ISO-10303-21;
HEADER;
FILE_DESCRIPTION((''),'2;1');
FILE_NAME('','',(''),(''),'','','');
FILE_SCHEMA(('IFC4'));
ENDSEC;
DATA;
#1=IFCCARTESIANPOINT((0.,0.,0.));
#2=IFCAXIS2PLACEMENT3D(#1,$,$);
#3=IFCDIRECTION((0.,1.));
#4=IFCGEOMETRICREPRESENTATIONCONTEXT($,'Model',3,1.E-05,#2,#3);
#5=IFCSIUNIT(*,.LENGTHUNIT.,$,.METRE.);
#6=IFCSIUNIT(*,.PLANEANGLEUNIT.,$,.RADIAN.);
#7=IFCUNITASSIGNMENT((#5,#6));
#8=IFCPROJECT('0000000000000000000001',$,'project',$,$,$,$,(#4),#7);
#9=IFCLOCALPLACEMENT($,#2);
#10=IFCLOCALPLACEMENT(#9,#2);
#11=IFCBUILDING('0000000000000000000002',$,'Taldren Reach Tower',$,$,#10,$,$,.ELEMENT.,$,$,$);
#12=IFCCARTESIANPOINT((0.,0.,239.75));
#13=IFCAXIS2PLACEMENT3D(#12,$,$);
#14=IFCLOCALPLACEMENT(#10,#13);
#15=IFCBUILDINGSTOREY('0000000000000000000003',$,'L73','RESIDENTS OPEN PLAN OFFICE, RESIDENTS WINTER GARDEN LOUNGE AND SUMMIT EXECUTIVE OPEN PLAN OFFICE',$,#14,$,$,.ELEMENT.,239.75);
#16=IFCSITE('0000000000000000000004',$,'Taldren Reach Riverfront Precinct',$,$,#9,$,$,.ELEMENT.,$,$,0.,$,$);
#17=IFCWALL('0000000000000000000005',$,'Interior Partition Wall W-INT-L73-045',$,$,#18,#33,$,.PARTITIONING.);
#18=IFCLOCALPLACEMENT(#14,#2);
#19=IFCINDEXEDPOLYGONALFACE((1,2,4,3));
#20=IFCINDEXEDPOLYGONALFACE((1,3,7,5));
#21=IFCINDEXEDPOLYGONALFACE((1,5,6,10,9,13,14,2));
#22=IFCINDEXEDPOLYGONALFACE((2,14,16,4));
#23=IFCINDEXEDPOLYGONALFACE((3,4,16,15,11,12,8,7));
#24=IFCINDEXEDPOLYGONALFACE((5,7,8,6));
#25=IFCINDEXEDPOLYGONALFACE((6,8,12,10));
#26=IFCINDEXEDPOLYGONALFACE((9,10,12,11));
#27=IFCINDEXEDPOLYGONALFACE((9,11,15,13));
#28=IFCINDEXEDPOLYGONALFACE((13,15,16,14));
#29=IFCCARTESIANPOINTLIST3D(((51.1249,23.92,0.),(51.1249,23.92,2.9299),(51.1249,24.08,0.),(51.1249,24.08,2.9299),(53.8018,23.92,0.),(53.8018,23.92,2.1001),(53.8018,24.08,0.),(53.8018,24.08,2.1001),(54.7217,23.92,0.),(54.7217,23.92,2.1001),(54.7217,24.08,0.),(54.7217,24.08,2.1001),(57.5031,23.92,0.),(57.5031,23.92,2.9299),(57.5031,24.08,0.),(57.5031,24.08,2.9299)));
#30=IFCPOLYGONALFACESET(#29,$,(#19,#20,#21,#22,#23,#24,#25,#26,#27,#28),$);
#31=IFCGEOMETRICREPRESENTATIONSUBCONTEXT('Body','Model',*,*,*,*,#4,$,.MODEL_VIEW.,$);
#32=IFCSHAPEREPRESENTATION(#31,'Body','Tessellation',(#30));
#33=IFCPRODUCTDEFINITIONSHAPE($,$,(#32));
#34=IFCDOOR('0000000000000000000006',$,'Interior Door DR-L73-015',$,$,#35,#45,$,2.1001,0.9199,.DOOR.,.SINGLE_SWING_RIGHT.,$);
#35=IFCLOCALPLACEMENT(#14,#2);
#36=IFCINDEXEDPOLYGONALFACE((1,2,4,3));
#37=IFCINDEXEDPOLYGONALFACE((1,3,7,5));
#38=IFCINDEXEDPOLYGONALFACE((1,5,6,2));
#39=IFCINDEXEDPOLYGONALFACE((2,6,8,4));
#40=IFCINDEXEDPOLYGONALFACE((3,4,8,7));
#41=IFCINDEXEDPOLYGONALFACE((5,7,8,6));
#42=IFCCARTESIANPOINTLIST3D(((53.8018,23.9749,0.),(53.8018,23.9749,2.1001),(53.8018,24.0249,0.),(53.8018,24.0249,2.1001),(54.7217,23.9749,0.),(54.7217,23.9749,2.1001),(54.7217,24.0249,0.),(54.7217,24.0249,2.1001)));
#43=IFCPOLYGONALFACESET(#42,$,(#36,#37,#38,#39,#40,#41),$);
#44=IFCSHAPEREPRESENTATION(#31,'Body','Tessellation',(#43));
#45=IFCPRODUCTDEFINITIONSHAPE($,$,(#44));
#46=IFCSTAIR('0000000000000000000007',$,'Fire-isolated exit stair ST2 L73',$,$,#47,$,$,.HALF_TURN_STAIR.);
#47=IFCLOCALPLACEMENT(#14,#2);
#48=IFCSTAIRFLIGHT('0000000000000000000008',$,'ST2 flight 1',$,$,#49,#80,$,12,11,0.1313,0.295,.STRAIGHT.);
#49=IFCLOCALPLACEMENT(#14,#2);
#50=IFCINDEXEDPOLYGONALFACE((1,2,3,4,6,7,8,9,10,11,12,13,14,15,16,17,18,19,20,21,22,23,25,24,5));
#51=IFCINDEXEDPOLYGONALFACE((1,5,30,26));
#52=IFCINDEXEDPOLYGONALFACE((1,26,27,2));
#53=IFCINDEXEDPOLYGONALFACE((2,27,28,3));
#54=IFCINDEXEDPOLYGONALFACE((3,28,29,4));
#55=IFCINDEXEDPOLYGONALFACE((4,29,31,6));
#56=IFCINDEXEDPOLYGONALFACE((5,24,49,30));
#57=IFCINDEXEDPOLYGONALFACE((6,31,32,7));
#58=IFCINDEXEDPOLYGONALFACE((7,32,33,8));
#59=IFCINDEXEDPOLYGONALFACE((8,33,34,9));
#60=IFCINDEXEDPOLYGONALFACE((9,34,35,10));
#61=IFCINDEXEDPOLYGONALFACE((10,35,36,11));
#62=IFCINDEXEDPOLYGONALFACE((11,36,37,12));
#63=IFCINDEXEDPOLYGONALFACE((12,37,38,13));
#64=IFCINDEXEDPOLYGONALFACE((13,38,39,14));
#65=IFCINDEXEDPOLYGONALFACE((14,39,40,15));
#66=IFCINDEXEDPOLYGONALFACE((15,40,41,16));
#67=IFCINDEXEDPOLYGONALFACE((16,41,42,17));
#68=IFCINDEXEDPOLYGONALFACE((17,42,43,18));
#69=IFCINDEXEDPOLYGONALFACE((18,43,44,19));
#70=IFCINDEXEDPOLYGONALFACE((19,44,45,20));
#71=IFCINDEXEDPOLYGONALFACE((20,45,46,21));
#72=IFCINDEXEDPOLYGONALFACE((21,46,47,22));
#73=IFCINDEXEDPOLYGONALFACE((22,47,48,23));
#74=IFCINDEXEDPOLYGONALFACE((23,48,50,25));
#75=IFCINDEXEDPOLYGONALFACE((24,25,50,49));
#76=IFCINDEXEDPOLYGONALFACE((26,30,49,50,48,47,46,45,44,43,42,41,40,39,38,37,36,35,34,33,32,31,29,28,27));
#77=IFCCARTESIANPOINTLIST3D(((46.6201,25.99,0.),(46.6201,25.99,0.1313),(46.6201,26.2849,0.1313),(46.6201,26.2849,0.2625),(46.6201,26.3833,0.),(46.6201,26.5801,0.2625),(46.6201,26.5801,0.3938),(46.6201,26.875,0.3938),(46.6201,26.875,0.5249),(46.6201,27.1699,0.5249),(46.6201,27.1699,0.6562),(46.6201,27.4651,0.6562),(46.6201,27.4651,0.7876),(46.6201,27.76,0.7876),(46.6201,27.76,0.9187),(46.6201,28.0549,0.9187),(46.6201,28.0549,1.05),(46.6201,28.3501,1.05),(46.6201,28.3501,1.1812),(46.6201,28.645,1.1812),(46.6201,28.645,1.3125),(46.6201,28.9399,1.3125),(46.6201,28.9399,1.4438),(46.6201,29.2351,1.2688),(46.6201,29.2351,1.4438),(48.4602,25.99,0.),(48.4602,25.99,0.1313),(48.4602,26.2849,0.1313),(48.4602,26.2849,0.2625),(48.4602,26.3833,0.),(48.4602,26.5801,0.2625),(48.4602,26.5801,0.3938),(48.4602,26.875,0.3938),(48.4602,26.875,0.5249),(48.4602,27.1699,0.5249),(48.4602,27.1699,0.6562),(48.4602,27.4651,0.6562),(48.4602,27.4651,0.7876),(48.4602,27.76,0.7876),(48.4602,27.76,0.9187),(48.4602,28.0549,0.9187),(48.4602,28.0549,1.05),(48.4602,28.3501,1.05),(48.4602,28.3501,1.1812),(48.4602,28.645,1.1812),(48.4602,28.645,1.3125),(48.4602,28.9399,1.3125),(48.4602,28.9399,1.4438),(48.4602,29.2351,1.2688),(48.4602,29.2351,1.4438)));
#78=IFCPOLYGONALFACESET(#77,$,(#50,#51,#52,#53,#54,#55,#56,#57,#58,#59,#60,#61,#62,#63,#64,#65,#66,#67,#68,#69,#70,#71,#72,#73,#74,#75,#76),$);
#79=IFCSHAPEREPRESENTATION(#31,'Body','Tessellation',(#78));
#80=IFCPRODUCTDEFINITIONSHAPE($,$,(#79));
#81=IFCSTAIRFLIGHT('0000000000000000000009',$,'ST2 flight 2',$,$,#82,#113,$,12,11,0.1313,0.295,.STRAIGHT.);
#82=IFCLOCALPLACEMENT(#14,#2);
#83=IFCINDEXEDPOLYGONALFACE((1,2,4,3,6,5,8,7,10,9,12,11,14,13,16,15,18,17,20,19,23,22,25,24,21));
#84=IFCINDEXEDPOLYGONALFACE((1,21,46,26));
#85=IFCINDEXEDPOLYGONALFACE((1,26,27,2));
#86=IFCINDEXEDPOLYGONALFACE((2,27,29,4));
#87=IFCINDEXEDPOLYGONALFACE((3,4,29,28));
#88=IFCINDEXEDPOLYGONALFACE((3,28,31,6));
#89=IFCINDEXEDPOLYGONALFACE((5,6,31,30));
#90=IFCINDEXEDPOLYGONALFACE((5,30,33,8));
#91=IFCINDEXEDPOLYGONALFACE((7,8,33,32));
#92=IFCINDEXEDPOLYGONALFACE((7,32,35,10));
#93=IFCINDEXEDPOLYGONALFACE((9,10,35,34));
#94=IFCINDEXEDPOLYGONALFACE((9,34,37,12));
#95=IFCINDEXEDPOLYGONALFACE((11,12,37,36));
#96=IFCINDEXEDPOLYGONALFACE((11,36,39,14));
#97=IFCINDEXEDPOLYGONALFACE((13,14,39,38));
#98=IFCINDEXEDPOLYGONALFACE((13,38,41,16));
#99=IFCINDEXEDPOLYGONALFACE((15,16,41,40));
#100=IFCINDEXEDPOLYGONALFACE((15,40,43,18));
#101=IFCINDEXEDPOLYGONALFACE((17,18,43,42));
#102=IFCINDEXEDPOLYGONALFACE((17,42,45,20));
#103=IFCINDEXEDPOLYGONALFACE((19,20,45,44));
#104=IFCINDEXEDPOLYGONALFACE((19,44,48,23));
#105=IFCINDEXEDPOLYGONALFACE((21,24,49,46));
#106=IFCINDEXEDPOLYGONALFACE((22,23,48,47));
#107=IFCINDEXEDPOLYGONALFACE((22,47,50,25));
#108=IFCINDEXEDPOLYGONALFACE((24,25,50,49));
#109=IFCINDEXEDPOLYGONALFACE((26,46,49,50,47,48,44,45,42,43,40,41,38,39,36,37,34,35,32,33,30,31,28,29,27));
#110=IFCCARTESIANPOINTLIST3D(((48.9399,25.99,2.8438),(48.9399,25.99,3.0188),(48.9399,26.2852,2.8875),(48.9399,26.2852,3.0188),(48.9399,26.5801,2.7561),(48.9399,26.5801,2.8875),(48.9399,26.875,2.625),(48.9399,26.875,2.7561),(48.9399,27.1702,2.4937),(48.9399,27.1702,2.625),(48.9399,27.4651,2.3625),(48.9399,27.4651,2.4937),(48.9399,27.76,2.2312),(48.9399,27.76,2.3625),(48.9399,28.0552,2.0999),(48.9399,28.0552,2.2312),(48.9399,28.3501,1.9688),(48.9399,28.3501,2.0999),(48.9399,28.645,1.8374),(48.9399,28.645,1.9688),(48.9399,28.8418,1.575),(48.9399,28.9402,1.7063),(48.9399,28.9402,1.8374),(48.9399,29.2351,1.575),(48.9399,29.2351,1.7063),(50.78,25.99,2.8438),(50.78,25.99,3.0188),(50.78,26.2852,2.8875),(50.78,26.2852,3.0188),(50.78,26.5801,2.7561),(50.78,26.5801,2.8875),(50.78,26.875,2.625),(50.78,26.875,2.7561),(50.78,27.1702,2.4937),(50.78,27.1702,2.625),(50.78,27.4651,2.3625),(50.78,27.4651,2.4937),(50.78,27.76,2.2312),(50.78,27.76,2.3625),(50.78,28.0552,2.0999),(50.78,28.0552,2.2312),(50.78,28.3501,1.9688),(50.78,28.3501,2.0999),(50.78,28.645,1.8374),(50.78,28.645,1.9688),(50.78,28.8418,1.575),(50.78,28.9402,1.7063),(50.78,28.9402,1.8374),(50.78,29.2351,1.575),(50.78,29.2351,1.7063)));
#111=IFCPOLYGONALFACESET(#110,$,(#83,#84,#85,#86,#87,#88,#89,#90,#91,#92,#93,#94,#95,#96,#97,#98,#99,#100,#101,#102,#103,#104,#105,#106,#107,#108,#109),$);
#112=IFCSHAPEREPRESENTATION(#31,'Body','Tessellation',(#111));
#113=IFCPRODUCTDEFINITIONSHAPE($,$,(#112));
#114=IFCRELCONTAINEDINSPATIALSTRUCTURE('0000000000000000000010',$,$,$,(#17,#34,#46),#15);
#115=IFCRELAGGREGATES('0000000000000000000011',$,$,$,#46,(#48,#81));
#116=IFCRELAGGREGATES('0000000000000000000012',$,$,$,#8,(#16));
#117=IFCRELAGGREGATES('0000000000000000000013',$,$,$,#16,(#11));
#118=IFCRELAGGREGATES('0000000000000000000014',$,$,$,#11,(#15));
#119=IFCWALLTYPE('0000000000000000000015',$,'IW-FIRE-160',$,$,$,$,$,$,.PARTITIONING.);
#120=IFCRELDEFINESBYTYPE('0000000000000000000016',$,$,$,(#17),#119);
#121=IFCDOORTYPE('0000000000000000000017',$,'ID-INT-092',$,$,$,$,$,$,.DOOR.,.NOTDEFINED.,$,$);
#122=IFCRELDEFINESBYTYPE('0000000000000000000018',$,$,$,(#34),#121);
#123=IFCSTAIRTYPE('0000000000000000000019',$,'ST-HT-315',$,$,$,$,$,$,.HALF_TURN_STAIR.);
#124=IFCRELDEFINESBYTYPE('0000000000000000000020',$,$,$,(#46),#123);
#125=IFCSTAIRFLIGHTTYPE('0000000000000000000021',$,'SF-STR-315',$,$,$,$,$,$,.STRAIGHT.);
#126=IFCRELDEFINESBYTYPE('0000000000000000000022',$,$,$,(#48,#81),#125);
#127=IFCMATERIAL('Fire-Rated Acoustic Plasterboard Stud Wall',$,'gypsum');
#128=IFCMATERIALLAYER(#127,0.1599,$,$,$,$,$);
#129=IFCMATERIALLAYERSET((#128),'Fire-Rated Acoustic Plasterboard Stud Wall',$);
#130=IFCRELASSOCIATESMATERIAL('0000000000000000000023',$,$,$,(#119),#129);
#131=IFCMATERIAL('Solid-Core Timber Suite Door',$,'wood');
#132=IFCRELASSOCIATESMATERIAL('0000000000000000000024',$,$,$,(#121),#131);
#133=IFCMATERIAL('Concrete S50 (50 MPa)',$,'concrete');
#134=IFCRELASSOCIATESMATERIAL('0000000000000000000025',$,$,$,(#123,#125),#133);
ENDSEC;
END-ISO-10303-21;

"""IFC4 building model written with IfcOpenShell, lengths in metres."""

from ifc_helpers import new_model, si_unit, direction, frame, frame_2d, origin, place, context, subcontext, project, spatial, polyline, rectangle, outline, extrude, source, transform, mapped, material, layer, layer_set, type_object, element, fill, aggregate, save


model = new_model("IFC4")

# Units and contexts
model_context = context("Model", 3, precision=1e-05, world=origin(), true_north=direction((0.0, 1.0)))
body_context = subcontext(model_context, "Body", "Model", "MODEL_VIEW")
ifc_project = project(units=[si_unit("LENGTHUNIT", "METRE"), si_unit("PLANEANGLEUNIT", "RADIAN")], contexts=[model_context])

# Site, building, storey
site_placement = place(None, origin())
site = spatial("IfcSite", under=ifc_project, at=site_placement, Name="Taldren Reach Riverfront Precinct", CompositionType="ELEMENT", RefElevation=0.0)
building_placement = place(site_placement, origin())
building = spatial("IfcBuilding", under=site, at=building_placement, Name="Taldren Reach Tower", CompositionType="ELEMENT")
storey_placement = place(building_placement, frame((0.0, 0.0, 239.75)))
storey = spatial("IfcBuildingStorey", under=building, at=storey_placement, Name="L73", Description="RESIDENTS OPEN PLAN OFFICE, RESIDENTS WINTER GARDEN LOUNGE AND SUMMIT EXECUTIVE OPEN PLAN OFFICE", CompositionType="ELEMENT", Elevation=239.75)

# Wall, opening, door
ifc_material_1 = material(Name="Fire-Rated Acoustic Plasterboard Stud Wall", Category="gypsum")
ifc_layer_1 = layer(ifc_material_1, 0.1599)
ifc_layer_set_1 = layer_set([ifc_layer_1], Name="Fire-Rated Acoustic Plasterboard Stud Wall")
wall_type_1 = type_object("IfcWallType", Name="IW-FIRE-160", PredefinedType="PARTITIONING", material=ifc_layer_set_1)
shared_shape_1 = source(origin(), body_context, "Body", "SweptSolid", [
    extrude(rectangle(XDim=6.3782, YDim=0.1599, at=frame_2d((3.189, 0.0))), origin(), (0.0, 0.0, 1.0), 2.9299),
])
wall_1_placement = place(storey_placement, frame((51.125, 24.0, 0.0), z_axis=(0.0, 0.0, 1.0), x_axis=(1.0, 0.0, 0.0)))
wall_1 = element("IfcWall", 1, at=wall_1_placement, inside=storey, type_object=wall_type_1, Name="Interior Partition Wall W-INT-L73-045", PredefinedType="PARTITIONING", context=body_context, shape_type="MappedRepresentation", body=[
    mapped(shared_shape_1, transform((0.0, 0.0, 0.0), scale=1.0)),
])
shared_shape_2 = source(origin(), body_context, "Body", "SweptSolid", [
    extrude(rectangle(XDim=0.9199, YDim=2.1001, at=frame_2d((0.46, 1.05))), frame((0.0, 0.0898, 0.0), z_axis=(0.0, -1.0, 0.0), x_axis=(1.0, 0.0, 0.0)), (0.0, 0.0, 1.0), 0.1799),
])
opening_placement = place(wall_1_placement, frame((2.6768, 0.0, 0.0)))
opening = element("IfcOpeningElement", 2, at=opening_placement, cuts=wall_1, PredefinedType="OPENING", context=body_context, shape_type="MappedRepresentation", body=[
    mapped(shared_shape_2, transform((0.0, 0.0, 0.0), scale=1.0)),
])
ifc_material_2 = material(Name="Solid-Core Timber Suite Door", Category="wood")
door_type = type_object("IfcDoorType", Name="ID-INT-092", OperationType="NOTDEFINED", PredefinedType="DOOR", material=ifc_material_2)
shared_shape_3 = source(origin(), body_context, "Body", "SweptSolid", [
    extrude(rectangle(XDim=0.9199, YDim=2.1001, at=frame_2d((0.46, 1.05))), frame((0.0, 0.0249, 0.0), z_axis=(0.0, -1.0, 0.0), x_axis=(1.0, 0.0, 0.0)), (0.0, 0.0, 1.0), 0.05),
])
door_placement = place(opening_placement, origin())
door = element("IfcDoor", 3, at=door_placement, inside=storey, type_object=door_type, Name="Interior Door DR-L73-015", OperationType="SINGLE_SWING_RIGHT", OverallHeight=2.1001, OverallWidth=0.9199, PredefinedType="DOOR", context=body_context, shape_type="MappedRepresentation", body=[
    mapped(shared_shape_3, transform((0.0, 0.0, 0.0), scale=1.0)),
])
fill(opening, door)

# Stair, stair flights
ifc_material_3 = material(Name="Concrete S50 (50 MPa)", Category="concrete")
stair_type = type_object("IfcStairType", Name="ST-HT-315", PredefinedType="HALF_TURN_STAIR", material=ifc_material_3)
stair_placement = place(storey_placement, origin())
stair = element("IfcStair", 4, at=stair_placement, inside=storey, type_object=stair_type, Name="Fire-isolated exit stair ST2 L73", PredefinedType="HALF_TURN_STAIR")
stair_flight_type = type_object("IfcStairFlightType", Name="SF-STR-315", PredefinedType="STRAIGHT", material=ifc_material_3)
stair_flight_1_placement = place(storey_placement, frame((47.54, 25.99, 0.0), z_axis=(0.0, 0.0, 1.0), x_axis=(0.0, 1.0, 0.0)))
stair_flight_1 = element("IfcStairFlight", 5, at=stair_flight_1_placement, type_object=stair_flight_type, Name="ST2 flight 1", NumberOfRisers=12, NumberOfTreads=11, PredefinedType="STRAIGHT", RiserHeight=0.1313, TreadLength=0.295, context=body_context, shape_type="SweptSolid", body=[
    extrude(outline(polyline([(0.0, 0.0), (0.0, 0.1313), (0.2949, 0.1313), (0.2949, 0.2625), (0.5901, 0.2625), (0.5901, 0.3938), (0.885, 0.3938), (0.885, 0.5249), (1.1799, 0.5249), (1.1799, 0.6562), (1.4751, 0.6562), (1.4751, 0.7876), (1.77, 0.7876), (1.77, 0.9187), (2.0649, 0.9187), (2.0649, 1.05), (2.3601, 1.05), (2.3601, 1.1812), (2.655, 1.1812), (2.655, 1.3125), (2.95, 1.3125), (2.95, 1.4438), (3.2451, 1.4438), (3.2451, 1.575), (3.2451, 1.2688), (0.3933, 0.0), (0.0, 0.0)])), frame((0.0, 0.9199, 0.0), z_axis=(0.0, -1.0, 0.0), x_axis=(1.0, 0.0, 0.0)), (0.0, 0.0, 1.0), 1.8401),
])
stair_flight_2_placement = place(storey_placement, frame((49.8601, 29.2351, 1.575), z_axis=(0.0, 0.0, 1.0), x_axis=(0.0, -1.0, 0.0)))
stair_flight_2 = element("IfcStairFlight", 6, at=stair_flight_2_placement, type_object=stair_flight_type, Name="ST2 flight 2", NumberOfRisers=12, NumberOfTreads=11, PredefinedType="STRAIGHT", RiserHeight=0.1313, TreadLength=0.295, context=body_context, shape_type="SweptSolid", body=[
    extrude(outline(polyline([(0.0, 0.0), (0.0, 0.1313), (0.2949, 0.1313), (0.2949, 0.2625), (0.5901, 0.2625), (0.5901, 0.3938), (0.885, 0.3938), (0.885, 0.5249), (1.1799, 0.5249), (1.1799, 0.6562), (1.4751, 0.6562), (1.4751, 0.7876), (1.77, 0.7876), (1.77, 0.9187), (2.0649, 0.9187), (2.0649, 1.05), (2.3601, 1.05), (2.3601, 1.1812), (2.655, 1.1812), (2.655, 1.3125), (2.95, 1.3125), (2.95, 1.4438), (3.2451, 1.4438), (3.2451, 1.575), (3.2451, 1.2688), (0.3933, 0.0), (0.0, 0.0)])), frame((0.0, 0.9199, 0.0), z_axis=(0.0, -1.0, 0.0), x_axis=(1.0, 0.0, 0.0)), (0.0, 0.0, 1.0), 1.8401),
])
aggregate(stair, [stair_flight_1, stair_flight_2])

save(model, "model.ifc")
